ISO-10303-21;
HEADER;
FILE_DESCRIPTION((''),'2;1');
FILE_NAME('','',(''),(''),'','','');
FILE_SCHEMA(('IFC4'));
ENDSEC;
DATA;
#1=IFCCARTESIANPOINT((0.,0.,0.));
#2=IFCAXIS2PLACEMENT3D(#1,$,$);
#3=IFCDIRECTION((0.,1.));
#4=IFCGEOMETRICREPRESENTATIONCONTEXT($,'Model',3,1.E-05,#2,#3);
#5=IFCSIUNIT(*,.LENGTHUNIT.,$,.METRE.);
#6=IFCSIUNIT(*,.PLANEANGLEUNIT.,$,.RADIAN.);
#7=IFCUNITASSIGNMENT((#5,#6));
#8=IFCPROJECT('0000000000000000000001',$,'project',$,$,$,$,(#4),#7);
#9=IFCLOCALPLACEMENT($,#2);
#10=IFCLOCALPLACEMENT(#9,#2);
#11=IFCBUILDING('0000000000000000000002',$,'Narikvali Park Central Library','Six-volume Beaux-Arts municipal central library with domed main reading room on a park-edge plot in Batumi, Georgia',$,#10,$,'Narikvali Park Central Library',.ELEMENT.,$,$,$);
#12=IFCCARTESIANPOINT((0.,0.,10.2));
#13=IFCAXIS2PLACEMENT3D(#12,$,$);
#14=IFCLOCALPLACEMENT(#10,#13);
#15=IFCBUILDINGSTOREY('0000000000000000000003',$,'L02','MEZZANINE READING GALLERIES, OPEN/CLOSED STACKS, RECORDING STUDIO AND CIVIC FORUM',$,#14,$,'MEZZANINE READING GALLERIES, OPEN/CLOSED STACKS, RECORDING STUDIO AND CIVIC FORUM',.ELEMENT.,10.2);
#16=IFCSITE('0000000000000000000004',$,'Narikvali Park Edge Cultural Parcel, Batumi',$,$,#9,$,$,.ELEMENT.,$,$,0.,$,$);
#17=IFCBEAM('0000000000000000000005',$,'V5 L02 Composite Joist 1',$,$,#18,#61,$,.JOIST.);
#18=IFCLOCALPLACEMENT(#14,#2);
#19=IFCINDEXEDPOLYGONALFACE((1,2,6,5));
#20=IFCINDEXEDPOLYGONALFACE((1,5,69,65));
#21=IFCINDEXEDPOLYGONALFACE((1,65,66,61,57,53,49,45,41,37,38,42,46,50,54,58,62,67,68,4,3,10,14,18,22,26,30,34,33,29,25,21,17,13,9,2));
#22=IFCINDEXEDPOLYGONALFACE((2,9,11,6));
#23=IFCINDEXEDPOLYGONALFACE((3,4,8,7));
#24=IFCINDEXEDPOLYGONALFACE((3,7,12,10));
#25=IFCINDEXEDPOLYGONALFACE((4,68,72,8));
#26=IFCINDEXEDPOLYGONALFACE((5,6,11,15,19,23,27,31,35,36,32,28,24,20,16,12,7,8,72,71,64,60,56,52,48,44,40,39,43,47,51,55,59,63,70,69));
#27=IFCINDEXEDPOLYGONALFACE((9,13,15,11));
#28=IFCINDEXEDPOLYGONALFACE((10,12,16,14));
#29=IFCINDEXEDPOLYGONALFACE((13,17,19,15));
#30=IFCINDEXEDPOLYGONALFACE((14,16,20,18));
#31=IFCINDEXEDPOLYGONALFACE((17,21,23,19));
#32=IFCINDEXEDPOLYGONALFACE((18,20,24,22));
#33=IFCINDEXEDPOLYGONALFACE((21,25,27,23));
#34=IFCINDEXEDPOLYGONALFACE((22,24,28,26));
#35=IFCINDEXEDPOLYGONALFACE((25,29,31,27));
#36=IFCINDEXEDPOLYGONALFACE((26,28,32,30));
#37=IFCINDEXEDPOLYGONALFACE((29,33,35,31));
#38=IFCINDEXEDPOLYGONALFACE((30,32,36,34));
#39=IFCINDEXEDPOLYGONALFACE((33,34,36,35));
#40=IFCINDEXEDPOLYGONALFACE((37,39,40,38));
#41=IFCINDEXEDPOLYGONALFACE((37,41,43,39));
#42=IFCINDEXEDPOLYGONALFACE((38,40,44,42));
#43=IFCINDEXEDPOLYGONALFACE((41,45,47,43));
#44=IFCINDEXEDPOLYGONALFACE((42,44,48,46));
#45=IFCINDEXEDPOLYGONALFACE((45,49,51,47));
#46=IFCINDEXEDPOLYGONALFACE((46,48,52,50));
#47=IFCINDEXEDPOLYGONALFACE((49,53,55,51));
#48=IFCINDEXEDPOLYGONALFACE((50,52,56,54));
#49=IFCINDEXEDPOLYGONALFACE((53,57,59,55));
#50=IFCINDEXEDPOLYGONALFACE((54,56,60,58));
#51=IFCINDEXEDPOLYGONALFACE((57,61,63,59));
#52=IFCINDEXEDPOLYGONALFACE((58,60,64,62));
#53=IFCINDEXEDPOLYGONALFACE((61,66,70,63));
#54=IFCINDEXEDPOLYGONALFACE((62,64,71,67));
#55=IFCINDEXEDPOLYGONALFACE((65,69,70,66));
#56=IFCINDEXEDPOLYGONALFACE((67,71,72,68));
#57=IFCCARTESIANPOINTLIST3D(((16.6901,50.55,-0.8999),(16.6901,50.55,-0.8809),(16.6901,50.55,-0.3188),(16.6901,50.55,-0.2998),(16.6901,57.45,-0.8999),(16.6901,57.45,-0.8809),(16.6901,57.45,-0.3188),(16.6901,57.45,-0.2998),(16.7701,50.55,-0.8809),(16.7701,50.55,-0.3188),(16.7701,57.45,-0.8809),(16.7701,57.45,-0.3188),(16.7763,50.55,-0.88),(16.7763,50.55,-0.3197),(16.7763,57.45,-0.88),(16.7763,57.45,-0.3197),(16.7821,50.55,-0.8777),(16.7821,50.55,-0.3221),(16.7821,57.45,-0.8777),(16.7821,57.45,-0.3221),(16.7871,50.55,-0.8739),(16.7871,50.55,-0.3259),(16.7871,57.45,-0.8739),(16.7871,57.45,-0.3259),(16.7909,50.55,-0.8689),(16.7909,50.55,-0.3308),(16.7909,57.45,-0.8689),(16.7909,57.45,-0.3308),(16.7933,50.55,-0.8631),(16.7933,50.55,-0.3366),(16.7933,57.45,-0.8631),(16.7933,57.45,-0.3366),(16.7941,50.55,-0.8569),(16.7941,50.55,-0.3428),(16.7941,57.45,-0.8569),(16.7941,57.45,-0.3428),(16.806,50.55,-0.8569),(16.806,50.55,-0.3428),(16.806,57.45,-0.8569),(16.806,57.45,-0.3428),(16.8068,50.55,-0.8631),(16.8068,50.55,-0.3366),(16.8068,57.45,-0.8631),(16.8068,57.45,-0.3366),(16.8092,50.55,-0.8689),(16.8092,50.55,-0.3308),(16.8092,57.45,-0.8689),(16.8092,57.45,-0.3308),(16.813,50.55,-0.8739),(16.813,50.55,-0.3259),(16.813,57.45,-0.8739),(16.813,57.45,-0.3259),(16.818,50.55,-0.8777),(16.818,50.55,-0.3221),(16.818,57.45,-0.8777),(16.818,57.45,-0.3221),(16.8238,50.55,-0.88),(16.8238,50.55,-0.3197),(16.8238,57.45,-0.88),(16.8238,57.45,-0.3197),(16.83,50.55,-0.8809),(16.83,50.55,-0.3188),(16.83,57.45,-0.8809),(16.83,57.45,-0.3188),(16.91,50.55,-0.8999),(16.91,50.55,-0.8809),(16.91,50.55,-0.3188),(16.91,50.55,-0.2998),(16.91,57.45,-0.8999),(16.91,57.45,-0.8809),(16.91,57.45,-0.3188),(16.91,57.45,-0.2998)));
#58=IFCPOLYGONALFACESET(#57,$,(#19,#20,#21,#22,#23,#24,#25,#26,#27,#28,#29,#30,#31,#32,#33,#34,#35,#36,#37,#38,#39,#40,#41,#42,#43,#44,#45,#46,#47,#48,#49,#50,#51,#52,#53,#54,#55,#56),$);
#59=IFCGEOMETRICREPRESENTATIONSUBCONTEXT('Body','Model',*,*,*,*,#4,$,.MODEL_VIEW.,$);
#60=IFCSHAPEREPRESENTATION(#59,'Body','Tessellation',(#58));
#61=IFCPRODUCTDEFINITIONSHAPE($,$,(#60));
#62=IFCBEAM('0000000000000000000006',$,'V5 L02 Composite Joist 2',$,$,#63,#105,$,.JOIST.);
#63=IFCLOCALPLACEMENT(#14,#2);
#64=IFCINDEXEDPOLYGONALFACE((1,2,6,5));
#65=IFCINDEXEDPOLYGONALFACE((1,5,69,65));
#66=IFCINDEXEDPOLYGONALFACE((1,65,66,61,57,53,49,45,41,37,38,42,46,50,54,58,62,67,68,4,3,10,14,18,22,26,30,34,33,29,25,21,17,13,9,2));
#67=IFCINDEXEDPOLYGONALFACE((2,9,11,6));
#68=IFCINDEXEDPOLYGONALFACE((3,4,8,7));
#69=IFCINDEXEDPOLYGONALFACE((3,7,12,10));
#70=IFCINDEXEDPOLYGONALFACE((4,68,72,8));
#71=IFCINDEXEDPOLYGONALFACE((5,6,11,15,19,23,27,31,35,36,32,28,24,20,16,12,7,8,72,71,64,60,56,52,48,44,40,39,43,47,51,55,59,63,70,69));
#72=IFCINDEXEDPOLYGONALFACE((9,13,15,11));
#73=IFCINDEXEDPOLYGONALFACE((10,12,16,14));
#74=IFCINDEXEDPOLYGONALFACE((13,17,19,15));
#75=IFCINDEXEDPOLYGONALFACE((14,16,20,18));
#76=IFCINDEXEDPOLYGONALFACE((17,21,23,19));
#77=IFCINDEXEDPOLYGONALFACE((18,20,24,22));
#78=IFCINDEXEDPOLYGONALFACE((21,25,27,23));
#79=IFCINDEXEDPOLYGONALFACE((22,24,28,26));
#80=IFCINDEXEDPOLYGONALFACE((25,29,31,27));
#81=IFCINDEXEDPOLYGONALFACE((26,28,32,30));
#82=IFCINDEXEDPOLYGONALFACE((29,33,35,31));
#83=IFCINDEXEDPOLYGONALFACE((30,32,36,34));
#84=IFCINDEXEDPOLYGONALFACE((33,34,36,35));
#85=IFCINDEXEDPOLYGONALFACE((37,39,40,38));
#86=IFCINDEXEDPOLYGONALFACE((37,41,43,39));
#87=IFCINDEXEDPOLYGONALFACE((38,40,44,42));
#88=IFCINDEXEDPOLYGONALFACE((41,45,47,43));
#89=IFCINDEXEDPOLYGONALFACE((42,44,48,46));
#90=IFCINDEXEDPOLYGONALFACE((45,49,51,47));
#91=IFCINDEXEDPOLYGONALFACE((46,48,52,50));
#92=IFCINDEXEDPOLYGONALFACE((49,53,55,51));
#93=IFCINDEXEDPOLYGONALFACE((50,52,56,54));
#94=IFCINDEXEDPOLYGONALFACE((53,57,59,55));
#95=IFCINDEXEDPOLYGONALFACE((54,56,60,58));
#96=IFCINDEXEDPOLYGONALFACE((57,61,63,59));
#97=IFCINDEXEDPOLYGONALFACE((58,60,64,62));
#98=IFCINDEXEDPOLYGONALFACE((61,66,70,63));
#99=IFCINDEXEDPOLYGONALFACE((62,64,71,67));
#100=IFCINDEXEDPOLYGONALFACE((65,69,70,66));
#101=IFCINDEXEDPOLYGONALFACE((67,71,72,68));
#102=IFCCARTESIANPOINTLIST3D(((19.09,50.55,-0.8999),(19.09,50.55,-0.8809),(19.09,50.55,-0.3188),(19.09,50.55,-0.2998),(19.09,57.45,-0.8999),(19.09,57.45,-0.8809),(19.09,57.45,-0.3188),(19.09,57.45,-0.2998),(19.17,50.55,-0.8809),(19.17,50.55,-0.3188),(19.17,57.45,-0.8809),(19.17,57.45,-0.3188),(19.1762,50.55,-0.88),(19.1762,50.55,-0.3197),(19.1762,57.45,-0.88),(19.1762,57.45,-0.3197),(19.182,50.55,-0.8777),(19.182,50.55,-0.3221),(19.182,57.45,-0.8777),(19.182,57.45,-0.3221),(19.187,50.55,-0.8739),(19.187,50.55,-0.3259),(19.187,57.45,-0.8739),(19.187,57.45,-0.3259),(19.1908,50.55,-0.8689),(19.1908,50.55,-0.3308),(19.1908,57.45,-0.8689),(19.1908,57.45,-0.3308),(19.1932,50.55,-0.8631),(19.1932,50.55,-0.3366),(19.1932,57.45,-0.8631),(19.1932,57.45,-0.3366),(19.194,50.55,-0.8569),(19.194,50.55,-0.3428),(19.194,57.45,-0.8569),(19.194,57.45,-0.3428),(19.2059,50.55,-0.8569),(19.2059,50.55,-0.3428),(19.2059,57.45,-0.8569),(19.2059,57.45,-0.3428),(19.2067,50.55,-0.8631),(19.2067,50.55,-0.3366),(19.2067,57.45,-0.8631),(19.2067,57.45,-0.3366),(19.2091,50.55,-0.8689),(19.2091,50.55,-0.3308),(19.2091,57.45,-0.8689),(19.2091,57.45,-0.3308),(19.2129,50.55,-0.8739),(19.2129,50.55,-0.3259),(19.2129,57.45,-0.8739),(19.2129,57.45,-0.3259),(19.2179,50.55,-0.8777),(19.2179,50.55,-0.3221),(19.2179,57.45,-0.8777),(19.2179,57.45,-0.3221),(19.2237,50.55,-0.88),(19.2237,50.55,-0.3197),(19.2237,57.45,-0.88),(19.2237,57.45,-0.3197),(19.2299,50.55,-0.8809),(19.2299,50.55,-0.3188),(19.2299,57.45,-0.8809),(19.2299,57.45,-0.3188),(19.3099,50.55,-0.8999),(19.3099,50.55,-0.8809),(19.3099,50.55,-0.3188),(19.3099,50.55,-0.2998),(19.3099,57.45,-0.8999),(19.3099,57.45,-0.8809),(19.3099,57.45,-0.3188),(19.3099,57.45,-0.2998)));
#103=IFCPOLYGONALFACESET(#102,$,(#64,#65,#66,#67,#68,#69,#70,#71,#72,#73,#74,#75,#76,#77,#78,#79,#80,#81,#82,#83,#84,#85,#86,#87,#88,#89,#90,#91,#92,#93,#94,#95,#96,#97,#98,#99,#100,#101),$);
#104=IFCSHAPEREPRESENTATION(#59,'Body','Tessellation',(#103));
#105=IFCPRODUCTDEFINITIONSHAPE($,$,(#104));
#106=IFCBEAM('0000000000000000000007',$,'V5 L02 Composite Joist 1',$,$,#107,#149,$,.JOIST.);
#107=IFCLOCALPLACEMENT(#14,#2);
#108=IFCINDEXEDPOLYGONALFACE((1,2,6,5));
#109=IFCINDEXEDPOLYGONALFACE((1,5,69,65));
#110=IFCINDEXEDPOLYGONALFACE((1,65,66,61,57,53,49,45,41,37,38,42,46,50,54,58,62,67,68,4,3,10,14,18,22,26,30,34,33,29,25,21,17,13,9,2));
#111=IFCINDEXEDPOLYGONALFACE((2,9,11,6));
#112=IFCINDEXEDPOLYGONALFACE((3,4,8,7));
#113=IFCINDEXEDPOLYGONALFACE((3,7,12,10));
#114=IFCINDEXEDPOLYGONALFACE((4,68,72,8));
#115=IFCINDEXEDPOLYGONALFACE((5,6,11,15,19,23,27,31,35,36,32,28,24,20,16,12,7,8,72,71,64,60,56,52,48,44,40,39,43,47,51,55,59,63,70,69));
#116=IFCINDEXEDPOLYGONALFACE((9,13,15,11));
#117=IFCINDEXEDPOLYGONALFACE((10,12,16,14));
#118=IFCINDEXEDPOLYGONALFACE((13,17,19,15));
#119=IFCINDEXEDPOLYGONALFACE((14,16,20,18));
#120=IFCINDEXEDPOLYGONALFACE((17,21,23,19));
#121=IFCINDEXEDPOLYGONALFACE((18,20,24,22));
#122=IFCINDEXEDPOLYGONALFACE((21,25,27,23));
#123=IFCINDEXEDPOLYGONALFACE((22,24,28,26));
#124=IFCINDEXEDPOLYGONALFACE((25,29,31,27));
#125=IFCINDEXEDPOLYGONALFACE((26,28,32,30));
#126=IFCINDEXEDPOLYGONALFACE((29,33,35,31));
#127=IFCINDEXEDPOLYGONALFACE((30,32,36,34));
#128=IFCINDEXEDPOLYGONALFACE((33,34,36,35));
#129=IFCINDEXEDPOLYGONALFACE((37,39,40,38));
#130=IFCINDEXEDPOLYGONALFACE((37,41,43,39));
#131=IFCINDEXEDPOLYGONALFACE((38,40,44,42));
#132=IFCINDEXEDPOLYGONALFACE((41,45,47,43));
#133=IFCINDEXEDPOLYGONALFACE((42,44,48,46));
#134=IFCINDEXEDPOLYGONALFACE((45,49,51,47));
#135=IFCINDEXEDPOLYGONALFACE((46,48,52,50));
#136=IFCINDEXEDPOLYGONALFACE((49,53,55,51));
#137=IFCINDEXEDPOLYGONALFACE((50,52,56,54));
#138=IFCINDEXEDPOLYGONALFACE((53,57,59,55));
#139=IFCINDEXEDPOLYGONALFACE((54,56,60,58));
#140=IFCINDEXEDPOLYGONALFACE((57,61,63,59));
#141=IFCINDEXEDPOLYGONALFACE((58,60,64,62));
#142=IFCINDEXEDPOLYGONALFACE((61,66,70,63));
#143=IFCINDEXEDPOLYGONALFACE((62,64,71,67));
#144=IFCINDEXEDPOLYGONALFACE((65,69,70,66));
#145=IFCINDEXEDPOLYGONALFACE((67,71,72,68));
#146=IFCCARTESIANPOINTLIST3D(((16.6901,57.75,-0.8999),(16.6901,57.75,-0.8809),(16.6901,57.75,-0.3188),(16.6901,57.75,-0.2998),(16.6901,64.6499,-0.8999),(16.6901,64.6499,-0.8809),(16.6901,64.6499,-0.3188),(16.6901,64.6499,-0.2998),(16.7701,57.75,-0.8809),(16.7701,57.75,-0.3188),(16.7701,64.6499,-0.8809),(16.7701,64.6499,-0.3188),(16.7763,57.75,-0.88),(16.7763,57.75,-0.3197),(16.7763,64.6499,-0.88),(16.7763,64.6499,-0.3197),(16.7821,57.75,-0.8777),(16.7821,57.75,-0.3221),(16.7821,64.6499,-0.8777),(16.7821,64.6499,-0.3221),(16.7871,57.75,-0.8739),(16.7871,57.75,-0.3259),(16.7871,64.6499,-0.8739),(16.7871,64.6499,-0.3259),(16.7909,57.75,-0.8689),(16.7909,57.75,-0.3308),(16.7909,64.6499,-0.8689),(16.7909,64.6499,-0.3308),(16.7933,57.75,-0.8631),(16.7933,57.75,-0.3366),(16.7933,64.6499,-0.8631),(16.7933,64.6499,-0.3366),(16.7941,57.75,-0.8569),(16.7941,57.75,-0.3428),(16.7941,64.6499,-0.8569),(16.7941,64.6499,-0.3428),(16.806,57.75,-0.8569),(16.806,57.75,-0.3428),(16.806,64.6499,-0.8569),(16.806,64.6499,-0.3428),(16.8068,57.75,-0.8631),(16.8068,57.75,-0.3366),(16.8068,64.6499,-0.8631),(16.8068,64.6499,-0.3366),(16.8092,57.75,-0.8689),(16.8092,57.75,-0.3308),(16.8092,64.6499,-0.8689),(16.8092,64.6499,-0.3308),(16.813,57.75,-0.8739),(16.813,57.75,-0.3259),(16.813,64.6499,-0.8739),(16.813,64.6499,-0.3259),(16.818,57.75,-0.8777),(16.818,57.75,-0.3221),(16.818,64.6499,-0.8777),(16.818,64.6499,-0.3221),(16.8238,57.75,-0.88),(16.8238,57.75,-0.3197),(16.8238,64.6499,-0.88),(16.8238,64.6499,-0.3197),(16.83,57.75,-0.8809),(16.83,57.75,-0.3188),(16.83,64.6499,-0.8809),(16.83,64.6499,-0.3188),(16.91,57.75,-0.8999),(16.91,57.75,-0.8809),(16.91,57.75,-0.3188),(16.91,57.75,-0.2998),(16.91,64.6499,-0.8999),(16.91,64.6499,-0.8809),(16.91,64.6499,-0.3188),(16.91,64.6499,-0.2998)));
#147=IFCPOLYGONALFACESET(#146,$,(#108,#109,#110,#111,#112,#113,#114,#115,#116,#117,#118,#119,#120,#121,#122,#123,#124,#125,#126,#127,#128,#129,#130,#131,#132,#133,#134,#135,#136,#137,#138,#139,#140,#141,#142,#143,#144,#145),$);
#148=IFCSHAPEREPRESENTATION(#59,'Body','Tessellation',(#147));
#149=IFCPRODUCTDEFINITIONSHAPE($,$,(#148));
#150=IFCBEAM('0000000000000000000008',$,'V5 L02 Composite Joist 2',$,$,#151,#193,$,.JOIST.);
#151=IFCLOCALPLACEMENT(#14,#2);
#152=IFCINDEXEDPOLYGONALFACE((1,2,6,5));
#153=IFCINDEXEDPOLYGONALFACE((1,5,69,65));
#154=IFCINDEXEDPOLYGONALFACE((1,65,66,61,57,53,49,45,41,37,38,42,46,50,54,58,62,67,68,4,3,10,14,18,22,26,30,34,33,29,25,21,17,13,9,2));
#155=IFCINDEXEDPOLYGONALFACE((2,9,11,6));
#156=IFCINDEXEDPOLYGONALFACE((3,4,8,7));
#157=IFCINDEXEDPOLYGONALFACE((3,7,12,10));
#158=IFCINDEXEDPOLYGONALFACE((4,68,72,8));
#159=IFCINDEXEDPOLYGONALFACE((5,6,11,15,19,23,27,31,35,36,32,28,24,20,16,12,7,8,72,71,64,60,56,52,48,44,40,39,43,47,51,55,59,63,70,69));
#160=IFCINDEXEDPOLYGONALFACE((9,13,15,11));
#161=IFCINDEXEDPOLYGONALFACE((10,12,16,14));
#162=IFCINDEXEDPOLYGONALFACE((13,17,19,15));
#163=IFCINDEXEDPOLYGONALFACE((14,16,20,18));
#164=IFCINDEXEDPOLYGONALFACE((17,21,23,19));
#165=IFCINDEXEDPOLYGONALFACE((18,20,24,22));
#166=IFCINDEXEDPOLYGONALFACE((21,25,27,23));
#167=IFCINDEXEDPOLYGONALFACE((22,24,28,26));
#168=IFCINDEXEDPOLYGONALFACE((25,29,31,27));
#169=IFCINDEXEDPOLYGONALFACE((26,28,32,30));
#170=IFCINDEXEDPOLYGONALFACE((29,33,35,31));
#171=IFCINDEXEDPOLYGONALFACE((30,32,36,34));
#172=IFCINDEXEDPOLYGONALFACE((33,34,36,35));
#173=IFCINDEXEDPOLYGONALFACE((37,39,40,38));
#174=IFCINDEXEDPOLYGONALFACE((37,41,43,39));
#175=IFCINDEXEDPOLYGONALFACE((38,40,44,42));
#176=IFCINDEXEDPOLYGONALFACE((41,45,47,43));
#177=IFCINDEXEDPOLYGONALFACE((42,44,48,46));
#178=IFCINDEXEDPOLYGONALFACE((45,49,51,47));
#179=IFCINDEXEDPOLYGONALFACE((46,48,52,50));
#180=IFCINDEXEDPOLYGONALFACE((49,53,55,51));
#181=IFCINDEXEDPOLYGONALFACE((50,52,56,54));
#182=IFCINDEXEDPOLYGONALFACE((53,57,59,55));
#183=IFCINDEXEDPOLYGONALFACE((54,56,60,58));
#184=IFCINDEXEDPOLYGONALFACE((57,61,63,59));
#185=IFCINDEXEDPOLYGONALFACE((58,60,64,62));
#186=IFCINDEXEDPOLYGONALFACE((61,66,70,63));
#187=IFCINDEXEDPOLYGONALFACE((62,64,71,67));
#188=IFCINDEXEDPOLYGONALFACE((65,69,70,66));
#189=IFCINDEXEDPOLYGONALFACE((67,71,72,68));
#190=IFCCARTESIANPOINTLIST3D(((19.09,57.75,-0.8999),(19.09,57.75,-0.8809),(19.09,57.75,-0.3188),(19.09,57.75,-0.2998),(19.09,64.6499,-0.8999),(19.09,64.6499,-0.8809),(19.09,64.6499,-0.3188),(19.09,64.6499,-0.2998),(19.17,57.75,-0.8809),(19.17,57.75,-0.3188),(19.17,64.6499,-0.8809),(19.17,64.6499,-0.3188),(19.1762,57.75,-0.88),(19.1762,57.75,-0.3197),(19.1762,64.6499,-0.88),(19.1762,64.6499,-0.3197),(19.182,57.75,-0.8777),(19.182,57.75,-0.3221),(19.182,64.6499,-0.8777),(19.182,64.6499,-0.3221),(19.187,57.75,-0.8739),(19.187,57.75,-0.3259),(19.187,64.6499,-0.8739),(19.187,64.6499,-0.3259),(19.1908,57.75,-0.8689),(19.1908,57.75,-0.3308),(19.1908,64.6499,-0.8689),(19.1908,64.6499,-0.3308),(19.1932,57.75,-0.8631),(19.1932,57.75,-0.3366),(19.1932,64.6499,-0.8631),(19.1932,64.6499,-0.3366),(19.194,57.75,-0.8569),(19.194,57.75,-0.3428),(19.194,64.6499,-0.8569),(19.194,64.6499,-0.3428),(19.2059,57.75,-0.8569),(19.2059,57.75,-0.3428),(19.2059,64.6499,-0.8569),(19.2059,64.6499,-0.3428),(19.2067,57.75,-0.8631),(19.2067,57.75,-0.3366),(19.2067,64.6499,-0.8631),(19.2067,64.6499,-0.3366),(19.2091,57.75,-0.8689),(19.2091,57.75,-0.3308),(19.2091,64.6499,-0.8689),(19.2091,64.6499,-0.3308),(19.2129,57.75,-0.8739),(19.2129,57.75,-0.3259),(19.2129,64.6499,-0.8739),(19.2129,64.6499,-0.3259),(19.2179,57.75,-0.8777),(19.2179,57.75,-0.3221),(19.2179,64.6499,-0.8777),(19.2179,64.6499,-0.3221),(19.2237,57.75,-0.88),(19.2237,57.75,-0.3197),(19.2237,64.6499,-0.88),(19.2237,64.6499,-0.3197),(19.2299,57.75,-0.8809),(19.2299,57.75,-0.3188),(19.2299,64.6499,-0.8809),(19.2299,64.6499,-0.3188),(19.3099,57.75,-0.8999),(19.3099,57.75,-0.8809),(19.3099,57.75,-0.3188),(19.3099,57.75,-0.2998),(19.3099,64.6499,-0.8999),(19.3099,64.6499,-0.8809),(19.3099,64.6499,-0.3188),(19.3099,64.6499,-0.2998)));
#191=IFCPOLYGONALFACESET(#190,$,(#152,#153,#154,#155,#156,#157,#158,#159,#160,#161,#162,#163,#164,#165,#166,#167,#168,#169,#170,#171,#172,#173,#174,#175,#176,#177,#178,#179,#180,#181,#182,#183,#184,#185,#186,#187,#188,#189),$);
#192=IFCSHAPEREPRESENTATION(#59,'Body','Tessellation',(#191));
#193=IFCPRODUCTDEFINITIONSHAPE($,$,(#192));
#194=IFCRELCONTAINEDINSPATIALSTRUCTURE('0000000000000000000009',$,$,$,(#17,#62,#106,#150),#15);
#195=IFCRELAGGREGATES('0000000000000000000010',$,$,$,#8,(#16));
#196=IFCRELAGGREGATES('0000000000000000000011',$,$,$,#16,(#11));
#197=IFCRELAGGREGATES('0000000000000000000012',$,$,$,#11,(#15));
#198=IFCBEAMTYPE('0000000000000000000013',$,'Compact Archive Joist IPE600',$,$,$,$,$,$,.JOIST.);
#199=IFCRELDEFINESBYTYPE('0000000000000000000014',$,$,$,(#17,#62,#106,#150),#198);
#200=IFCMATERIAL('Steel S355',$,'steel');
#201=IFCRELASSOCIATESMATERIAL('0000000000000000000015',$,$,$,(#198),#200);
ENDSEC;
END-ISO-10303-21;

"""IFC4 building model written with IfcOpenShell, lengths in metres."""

from ifc_helpers import new_model, si_unit, direction, frame, origin, origin_2d, place, context, subcontext, project, spatial, i_section, extrude, material, material_profile, profile_set, type_object, element, save


model = new_model("IFC4")

# Units and contexts
model_context = context("Model", 3, precision=1e-05, world=origin(), true_north=direction((0.0, 1.0)))
body_context = subcontext(model_context, "Body", "Model", "MODEL_VIEW")
ifc_project = project(units=[si_unit("LENGTHUNIT", "METRE"), si_unit("PLANEANGLEUNIT", "RADIAN")], contexts=[model_context])

# Site, building, storey
site_placement = place(None, origin())
site = spatial("IfcSite", under=ifc_project, at=site_placement, Name="Narikvali Park Edge Cultural Parcel, Batumi", CompositionType="ELEMENT", RefElevation=0.0)
building_placement = place(site_placement, origin())
building = spatial("IfcBuilding", under=site, at=building_placement, Name="Narikvali Park Central Library", Description="Six-volume Beaux-Arts municipal central library with domed main reading room on a park-edge plot in Batumi, Georgia", LongName="Narikvali Park Central Library", CompositionType="ELEMENT")
storey_placement = place(building_placement, frame((0.0, 0.0, 10.2)))
storey = spatial("IfcBuildingStorey", under=building, at=storey_placement, Name="L02", Description="MEZZANINE READING GALLERIES, OPEN/CLOSED STACKS, RECORDING STUDIO AND CIVIC FORUM", LongName="MEZZANINE READING GALLERIES, OPEN/CLOSED STACKS, RECORDING STUDIO AND CIVIC FORUM", CompositionType="ELEMENT", Elevation=10.2)

# Shared definitions
ifc_material_1 = material(Name="Steel S355", Category="steel")

# Beams
ifc_material_profile_1 = material_profile(ifc_material_1, i_section(OverallWidth=0.22, OverallDepth=0.6001, WebThickness=0.012, FlangeThickness=0.019, FilletRadius=0.0239, at=origin_2d()), Name="IPE 600")
ifc_profile_set_1 = profile_set([ifc_material_profile_1], Name="Steel S355")
beam_type_1 = type_object("IfcBeamType", Name="Compact Archive Joist IPE600", PredefinedType="JOIST", material=ifc_profile_set_1)
for number, where, z_axis, x_axis, name in (
    (1, (16.8, 50.55, -0.5999), (0.0, 1.0, 0.0), (-1.0, 0.0, 0.0), "V5 L02 Composite Joist 1"),
    (2, (19.2, 50.55, -0.5999), (0.0, 1.0, 0.0), (-1.0, 0.0, 0.0), "V5 L02 Composite Joist 2"),
    (3, (16.8, 57.75, -0.5999), (0.0, 1.0, 0.0), (-1.0, 0.0, 0.0), "V5 L02 Composite Joist 1"),
    (4, (19.2, 57.75, -0.5999), (0.0, 1.0, 0.0), (-1.0, 0.0, 0.0), "V5 L02 Composite Joist 2"),
):
    element("IfcBeam", number, at=place(storey_placement, frame(where, z_axis=z_axis, x_axis=x_axis)), inside=storey, type_object=beam_type_1, Name=name, PredefinedType="JOIST", context=body_context, shape_type="SweptSolid", body=[
        extrude(i_section(OverallWidth=0.22, OverallDepth=0.6001, WebThickness=0.012, FlangeThickness=0.019, FilletRadius=0.0239, at=origin_2d()), origin(), (0.0, 0.0, 1.0), 6.8999),
    ])

save(model, "model.ifc")
